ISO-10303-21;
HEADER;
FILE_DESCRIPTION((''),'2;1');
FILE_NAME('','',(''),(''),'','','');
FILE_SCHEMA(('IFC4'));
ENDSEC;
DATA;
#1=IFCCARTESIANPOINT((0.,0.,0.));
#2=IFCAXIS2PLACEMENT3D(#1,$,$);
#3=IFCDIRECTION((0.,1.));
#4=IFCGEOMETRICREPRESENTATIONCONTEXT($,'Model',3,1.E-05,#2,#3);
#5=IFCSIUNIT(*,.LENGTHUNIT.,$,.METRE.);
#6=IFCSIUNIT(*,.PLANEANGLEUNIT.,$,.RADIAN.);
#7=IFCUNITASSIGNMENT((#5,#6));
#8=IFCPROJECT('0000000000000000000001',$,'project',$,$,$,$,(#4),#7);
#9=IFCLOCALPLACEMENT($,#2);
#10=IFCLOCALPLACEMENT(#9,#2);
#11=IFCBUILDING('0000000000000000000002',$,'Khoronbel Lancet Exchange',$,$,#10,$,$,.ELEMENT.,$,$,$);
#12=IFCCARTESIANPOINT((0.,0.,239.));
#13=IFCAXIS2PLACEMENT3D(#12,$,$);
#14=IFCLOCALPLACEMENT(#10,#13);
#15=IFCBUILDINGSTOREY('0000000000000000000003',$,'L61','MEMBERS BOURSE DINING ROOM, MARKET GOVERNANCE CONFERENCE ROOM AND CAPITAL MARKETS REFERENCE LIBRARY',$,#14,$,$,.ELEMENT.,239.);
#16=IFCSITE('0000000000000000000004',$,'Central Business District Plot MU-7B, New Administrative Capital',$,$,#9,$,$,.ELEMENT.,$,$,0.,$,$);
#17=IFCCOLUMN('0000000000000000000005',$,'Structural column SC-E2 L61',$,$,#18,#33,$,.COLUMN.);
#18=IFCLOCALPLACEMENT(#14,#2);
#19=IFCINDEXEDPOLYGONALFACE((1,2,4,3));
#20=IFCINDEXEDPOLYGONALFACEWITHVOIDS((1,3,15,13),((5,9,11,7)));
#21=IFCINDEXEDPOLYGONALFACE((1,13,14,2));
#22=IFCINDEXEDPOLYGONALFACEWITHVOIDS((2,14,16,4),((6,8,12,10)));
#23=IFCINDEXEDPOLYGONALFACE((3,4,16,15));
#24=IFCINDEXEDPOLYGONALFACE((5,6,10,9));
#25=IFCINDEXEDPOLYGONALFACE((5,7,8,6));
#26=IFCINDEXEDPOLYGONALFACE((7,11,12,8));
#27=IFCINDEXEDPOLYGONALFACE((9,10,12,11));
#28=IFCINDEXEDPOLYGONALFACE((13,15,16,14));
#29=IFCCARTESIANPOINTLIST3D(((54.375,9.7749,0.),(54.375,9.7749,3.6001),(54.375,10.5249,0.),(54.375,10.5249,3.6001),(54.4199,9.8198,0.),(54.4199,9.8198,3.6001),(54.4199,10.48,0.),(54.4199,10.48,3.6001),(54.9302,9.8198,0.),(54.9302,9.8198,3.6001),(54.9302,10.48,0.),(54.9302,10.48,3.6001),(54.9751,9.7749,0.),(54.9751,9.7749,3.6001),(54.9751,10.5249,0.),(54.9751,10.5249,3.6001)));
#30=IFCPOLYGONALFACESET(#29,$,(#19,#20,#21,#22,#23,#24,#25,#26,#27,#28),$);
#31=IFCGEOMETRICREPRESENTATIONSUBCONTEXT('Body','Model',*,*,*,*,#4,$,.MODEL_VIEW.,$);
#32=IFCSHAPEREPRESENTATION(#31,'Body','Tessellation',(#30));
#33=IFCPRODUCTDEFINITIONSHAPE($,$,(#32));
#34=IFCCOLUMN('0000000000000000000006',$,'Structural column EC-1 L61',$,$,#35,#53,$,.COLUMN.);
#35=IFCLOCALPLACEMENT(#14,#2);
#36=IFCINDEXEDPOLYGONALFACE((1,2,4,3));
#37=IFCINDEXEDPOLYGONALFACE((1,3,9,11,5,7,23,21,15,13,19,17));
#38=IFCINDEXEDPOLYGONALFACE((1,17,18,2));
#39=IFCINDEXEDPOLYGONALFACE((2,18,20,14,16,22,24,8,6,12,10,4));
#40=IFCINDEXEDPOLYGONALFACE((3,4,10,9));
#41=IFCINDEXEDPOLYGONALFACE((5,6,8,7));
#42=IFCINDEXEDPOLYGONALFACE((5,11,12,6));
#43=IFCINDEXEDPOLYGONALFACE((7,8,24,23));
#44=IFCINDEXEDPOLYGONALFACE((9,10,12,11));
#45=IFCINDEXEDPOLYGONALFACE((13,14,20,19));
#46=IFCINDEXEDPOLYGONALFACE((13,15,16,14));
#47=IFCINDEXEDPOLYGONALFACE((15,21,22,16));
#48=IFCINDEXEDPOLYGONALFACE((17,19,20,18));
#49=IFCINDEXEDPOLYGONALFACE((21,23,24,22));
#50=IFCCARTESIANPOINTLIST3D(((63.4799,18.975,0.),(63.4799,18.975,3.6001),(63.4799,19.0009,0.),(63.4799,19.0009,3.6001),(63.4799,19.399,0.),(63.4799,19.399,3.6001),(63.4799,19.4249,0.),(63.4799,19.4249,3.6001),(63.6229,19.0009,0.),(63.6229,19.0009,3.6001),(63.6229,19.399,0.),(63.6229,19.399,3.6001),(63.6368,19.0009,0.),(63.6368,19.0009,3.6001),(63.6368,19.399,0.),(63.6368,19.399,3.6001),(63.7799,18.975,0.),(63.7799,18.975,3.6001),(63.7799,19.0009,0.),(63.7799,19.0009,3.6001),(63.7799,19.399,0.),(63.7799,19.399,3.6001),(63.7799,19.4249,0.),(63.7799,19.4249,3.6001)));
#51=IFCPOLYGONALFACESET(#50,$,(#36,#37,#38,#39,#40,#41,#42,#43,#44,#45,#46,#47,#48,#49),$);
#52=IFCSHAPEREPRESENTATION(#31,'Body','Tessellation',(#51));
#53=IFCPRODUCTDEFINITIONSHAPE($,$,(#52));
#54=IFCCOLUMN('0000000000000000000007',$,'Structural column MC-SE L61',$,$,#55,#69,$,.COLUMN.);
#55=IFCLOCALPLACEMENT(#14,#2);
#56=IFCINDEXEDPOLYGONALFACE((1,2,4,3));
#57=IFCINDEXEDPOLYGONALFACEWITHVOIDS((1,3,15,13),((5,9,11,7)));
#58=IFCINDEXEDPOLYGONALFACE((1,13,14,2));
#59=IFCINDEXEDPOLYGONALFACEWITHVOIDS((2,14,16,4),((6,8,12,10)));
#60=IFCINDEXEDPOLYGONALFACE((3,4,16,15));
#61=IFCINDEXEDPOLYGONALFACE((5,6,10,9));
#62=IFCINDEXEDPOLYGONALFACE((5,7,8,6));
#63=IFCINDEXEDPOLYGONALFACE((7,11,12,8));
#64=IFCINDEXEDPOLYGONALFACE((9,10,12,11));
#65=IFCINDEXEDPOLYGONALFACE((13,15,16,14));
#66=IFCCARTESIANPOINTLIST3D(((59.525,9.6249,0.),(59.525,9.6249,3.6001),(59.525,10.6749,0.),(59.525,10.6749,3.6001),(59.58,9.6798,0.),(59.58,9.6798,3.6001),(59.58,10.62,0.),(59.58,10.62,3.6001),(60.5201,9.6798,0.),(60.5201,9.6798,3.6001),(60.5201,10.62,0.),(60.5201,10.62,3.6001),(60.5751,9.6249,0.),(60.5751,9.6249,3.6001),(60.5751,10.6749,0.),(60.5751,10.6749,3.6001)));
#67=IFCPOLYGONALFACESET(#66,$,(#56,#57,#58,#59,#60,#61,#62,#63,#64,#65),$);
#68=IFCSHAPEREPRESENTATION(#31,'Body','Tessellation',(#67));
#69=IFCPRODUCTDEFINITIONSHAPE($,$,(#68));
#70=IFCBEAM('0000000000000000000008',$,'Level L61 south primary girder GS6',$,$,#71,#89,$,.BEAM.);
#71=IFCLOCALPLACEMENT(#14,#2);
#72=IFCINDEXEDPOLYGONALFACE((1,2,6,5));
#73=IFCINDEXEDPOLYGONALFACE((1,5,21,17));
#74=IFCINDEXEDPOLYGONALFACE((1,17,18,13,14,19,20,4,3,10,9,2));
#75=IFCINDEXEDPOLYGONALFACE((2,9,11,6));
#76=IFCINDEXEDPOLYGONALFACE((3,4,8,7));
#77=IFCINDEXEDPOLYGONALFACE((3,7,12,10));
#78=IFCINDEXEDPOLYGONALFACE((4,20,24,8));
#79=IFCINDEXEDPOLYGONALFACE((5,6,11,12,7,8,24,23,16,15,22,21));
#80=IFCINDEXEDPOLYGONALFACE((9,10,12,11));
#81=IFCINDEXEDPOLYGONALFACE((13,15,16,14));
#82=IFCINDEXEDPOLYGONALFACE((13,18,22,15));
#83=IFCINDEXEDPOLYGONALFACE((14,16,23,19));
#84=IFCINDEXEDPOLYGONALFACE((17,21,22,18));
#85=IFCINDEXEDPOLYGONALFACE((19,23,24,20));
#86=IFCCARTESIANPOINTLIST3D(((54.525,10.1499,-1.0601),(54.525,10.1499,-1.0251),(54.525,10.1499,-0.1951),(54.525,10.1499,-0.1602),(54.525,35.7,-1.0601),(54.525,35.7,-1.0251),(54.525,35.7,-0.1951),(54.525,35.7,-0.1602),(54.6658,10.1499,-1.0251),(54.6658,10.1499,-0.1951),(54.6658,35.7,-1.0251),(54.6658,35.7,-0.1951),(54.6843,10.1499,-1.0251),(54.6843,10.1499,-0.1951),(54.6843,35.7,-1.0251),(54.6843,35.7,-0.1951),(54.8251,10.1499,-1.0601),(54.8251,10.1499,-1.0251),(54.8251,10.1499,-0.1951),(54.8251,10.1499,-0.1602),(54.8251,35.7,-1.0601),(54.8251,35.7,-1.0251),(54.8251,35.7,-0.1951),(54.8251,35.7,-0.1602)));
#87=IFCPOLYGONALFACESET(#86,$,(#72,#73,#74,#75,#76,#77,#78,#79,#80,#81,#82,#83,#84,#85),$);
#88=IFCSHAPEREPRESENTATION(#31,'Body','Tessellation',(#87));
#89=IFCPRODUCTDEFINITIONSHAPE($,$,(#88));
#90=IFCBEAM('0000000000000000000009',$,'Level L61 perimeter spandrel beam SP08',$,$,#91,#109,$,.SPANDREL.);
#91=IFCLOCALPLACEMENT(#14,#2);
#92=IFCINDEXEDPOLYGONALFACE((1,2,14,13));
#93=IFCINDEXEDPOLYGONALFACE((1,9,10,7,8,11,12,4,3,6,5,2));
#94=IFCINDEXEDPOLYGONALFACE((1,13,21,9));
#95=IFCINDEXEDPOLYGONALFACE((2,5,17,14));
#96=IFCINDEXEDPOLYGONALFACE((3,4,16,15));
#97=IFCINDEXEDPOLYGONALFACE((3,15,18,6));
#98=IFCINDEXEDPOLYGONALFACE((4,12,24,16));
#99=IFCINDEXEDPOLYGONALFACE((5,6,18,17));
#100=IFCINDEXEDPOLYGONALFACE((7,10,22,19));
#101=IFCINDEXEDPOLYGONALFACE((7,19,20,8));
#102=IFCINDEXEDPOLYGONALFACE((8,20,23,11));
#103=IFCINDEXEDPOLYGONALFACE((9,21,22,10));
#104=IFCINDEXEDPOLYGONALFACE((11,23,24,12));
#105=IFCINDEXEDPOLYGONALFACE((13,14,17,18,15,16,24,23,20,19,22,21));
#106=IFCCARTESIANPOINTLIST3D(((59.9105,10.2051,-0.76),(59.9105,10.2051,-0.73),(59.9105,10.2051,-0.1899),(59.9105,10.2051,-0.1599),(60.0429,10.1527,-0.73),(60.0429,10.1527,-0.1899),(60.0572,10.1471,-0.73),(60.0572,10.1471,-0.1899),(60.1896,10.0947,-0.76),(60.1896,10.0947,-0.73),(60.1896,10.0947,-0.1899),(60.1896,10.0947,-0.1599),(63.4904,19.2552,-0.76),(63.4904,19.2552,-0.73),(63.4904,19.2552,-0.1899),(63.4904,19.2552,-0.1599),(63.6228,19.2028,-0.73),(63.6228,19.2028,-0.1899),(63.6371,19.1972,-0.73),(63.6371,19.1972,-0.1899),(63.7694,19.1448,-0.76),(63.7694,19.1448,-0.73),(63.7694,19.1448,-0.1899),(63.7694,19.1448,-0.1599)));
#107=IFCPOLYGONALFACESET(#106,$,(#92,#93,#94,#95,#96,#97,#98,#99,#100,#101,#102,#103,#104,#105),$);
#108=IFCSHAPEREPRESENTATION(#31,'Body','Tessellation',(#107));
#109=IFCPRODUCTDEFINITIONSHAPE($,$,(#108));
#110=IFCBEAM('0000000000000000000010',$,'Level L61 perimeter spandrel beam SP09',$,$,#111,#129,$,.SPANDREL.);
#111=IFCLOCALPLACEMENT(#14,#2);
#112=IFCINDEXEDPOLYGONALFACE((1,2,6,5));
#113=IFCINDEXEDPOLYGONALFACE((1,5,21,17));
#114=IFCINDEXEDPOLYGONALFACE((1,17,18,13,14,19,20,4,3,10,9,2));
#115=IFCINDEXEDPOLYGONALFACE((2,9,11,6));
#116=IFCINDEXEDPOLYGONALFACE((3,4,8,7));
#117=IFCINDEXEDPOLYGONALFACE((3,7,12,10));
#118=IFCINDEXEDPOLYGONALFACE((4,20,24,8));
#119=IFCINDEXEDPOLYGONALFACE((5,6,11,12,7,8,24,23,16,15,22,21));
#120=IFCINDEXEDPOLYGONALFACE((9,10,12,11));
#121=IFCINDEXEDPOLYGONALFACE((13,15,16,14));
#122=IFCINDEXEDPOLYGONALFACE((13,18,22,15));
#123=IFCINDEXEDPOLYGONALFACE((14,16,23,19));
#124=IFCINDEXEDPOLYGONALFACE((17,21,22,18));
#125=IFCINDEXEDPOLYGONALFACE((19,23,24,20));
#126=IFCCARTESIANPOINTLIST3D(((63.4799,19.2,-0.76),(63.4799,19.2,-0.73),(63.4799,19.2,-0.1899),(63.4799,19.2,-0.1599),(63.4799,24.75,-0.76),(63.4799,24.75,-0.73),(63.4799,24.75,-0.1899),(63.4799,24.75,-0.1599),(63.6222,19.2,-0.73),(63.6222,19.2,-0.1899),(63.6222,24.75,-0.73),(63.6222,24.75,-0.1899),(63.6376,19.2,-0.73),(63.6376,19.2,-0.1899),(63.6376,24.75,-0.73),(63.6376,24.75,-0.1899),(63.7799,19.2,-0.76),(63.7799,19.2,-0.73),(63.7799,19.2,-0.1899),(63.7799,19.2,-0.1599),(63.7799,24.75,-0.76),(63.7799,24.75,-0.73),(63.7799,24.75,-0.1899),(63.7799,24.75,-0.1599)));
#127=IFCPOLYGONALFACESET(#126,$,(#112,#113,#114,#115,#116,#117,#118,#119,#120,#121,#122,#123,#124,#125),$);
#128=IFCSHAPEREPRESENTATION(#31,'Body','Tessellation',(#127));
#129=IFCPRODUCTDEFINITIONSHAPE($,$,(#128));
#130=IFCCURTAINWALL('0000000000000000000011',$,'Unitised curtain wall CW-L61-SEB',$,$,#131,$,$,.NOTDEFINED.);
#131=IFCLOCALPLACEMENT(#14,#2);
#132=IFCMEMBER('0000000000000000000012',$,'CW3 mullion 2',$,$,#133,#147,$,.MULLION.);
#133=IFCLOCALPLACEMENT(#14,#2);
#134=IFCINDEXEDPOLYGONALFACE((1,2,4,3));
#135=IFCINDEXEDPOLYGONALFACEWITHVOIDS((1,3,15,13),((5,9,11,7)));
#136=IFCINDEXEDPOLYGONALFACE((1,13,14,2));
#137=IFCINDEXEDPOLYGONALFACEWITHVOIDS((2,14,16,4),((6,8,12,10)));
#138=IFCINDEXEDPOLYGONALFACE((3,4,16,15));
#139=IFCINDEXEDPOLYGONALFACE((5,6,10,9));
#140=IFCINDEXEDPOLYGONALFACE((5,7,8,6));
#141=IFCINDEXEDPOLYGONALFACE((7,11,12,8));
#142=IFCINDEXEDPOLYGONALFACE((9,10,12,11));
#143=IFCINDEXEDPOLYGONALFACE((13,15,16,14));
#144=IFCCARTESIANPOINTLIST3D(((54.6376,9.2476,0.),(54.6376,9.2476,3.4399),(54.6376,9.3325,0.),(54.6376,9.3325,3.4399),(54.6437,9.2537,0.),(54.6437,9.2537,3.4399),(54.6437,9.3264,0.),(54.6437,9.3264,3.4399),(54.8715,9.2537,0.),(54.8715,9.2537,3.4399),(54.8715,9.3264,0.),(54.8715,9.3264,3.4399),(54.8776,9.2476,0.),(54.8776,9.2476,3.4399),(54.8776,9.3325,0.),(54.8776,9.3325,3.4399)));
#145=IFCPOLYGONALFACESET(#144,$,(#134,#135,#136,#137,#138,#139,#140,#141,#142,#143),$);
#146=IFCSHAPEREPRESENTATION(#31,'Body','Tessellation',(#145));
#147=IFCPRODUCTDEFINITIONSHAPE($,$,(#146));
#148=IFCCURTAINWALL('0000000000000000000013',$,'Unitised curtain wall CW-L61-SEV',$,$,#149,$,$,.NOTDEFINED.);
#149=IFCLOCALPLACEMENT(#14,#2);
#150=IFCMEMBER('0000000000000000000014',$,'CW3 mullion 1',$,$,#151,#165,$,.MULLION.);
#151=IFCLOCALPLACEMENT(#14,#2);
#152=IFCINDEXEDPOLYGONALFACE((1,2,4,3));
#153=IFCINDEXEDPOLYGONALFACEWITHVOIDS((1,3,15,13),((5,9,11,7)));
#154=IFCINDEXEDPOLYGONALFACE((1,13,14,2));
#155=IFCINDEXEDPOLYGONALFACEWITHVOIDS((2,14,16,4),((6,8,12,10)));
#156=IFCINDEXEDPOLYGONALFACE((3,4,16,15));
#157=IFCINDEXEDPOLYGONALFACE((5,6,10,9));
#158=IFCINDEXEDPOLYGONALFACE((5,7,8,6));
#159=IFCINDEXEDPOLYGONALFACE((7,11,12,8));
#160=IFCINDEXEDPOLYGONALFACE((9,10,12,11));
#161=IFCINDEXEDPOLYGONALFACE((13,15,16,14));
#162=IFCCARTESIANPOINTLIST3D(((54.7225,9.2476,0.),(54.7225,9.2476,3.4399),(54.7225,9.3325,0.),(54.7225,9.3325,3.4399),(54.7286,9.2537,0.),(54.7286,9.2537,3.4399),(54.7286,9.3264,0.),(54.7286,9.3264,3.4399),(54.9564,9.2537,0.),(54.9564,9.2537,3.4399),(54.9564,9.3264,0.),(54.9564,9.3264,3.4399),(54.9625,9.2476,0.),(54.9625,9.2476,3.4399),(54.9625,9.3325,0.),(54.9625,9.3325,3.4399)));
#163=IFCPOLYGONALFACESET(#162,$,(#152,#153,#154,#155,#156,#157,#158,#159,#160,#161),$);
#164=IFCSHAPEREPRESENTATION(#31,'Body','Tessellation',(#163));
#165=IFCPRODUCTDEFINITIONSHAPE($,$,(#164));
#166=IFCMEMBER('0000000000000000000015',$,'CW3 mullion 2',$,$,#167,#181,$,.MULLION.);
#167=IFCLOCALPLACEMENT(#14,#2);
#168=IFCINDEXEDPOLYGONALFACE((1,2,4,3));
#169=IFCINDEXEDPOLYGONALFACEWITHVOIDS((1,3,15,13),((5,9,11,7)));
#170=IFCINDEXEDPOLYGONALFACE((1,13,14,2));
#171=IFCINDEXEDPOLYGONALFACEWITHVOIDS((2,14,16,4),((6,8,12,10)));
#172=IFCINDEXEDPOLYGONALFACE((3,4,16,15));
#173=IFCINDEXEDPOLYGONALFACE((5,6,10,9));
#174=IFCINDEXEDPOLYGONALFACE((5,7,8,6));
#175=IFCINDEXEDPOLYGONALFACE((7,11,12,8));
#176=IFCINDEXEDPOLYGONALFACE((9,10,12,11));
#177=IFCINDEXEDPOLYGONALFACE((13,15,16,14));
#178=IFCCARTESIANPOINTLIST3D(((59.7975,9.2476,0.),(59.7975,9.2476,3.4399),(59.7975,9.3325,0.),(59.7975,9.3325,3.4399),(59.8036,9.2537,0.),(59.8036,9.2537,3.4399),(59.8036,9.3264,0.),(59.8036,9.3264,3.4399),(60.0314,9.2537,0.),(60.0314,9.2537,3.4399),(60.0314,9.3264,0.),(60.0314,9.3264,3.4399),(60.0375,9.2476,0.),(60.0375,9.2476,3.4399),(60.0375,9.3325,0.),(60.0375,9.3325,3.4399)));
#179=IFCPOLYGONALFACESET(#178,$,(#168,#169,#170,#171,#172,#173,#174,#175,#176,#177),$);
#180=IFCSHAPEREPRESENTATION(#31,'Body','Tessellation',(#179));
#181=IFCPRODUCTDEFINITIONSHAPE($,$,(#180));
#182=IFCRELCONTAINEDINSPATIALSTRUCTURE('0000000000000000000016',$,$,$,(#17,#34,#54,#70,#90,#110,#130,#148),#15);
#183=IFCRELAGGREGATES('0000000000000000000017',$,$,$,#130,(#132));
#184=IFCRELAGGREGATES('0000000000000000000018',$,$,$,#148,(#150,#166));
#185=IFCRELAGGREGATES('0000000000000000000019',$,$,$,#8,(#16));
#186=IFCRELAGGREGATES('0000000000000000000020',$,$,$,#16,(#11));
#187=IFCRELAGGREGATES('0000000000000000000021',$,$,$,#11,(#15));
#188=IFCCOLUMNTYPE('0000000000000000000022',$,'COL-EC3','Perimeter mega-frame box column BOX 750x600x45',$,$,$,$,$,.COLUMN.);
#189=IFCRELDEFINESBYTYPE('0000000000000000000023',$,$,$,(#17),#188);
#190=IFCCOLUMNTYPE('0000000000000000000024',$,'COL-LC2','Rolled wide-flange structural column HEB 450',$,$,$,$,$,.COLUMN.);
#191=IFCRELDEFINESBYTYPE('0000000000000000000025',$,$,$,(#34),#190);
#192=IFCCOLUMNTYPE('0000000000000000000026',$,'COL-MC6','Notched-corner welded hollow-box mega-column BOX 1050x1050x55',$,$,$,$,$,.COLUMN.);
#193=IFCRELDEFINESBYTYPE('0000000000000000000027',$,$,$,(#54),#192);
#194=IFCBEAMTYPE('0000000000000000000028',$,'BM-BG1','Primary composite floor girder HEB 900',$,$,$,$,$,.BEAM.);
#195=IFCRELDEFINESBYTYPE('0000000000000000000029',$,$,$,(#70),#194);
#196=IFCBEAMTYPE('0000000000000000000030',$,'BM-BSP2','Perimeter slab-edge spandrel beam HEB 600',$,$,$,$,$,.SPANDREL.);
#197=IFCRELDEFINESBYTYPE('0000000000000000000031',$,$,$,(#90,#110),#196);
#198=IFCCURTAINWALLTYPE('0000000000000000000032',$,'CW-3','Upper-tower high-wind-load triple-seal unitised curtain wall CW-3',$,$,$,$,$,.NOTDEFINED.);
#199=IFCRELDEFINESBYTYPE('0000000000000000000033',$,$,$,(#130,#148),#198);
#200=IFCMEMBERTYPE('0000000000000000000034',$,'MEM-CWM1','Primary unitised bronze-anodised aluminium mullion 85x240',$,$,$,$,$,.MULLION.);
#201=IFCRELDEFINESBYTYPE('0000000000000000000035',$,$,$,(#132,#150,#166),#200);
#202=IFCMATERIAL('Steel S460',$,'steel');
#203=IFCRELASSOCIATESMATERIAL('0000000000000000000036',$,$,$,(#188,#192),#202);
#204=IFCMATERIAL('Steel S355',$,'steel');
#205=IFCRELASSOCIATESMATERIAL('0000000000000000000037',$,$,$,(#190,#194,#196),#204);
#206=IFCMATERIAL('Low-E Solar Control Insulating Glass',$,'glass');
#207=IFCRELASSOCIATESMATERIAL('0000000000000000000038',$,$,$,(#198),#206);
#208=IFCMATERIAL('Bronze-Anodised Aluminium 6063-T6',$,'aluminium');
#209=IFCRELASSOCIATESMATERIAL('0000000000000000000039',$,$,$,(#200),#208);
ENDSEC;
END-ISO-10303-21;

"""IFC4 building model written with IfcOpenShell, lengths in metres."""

from ifc_helpers import new_model, si_unit, direction, frame, origin, origin_2d, place, context, subcontext, project, spatial, hollow_rectangle, i_section, extrude, material, material_profile, profile_set, type_object, element, aggregate, save


model = new_model("IFC4")

# Units and contexts
model_context = context("Model", 3, precision=1e-05, world=origin(), true_north=direction((0.0, 1.0)))
body_context = subcontext(model_context, "Body", "Model", "MODEL_VIEW")
ifc_project = project(units=[si_unit("LENGTHUNIT", "METRE"), si_unit("PLANEANGLEUNIT", "RADIAN")], contexts=[model_context])

# Site, building, storey
site_placement = place(None, origin())
site = spatial("IfcSite", under=ifc_project, at=site_placement, Name="Central Business District Plot MU-7B, New Administrative Capital", CompositionType="ELEMENT", RefElevation=0.0)
building_placement = place(site_placement, origin())
building = spatial("IfcBuilding", under=site, at=building_placement, Name="Khoronbel Lancet Exchange", CompositionType="ELEMENT")
storey_placement = place(building_placement, frame((0.0, 0.0, 239.0)))
storey = spatial("IfcBuildingStorey", under=building, at=storey_placement, Name="L61", Description="MEMBERS BOURSE DINING ROOM, MARKET GOVERNANCE CONFERENCE ROOM AND CAPITAL MARKETS REFERENCE LIBRARY", CompositionType="ELEMENT", Elevation=239.0)

# Columns
ifc_material_1 = material(Name="Steel S460", Category="steel")
ifc_material_profile_1 = material_profile(ifc_material_1, hollow_rectangle(XDim=0.6001, YDim=0.75, WallThickness=0.0449, at=origin_2d()), Name="BOX 750x600x45")
ifc_profile_set_1 = profile_set([ifc_material_profile_1], Name="Steel S460")
column_type_1 = type_object("IfcColumnType", Name="COL-EC3", Description="Perimeter mega-frame box column BOX 750x600x45", PredefinedType="COLUMN", material=ifc_profile_set_1)
column_1_placement = place(storey_placement, frame((54.675, 10.1499, 0.0), z_axis=(0.0, 0.0, 1.0), x_axis=(1.0, 0.0, 0.0)))
element("IfcColumn", 1, at=column_1_placement, inside=storey, type_object=column_type_1, Name="Structural column SC-E2 L61", PredefinedType="COLUMN", context=body_context, shape_type="SweptSolid", body=[
    extrude(hollow_rectangle(XDim=0.6001, YDim=0.75, WallThickness=0.0449, at=origin_2d()), origin(), (0.0, 0.0, 1.0), 3.6001),
])
ifc_material_2 = material(Name="Steel S355", Category="steel")
ifc_material_profile_2 = material_profile(ifc_material_2, i_section(OverallWidth=0.3, OverallDepth=0.45, WebThickness=0.0139, FlangeThickness=0.0259, at=origin_2d()), Name="HEB 450")
ifc_profile_set_2 = profile_set([ifc_material_profile_2], Name="Steel S355")
column_type_2 = type_object("IfcColumnType", Name="COL-LC2", Description="Rolled wide-flange structural column HEB 450", PredefinedType="COLUMN", material=ifc_profile_set_2)
column_2_placement = place(storey_placement, frame((63.6299, 19.2, 0.0), z_axis=(0.0, 0.0, 1.0), x_axis=(1.0, 0.0, 0.0)))
element("IfcColumn", 2, at=column_2_placement, inside=storey, type_object=column_type_2, Name="Structural column EC-1 L61", PredefinedType="COLUMN", context=body_context, shape_type="SweptSolid", body=[
    extrude(i_section(OverallWidth=0.3, OverallDepth=0.45, WebThickness=0.0139, FlangeThickness=0.0259, at=origin_2d()), origin(), (0.0, 0.0, 1.0), 3.6001),
])
ifc_material_profile_3 = material_profile(ifc_material_1, hollow_rectangle(XDim=1.05, YDim=1.05, WallThickness=0.0549, at=origin_2d()), Name="BOX 1050x1050x55")
ifc_profile_set_3 = profile_set([ifc_material_profile_3], Name="Steel S460")
column_type_3 = type_object("IfcColumnType", Name="COL-MC6", Description="Notched-corner welded hollow-box mega-column BOX 1050x1050x55", PredefinedType="COLUMN", material=ifc_profile_set_3)
column_3_placement = place(storey_placement, frame((60.05, 10.1499, 0.0), z_axis=(0.0, 0.0, 1.0), x_axis=(1.0, 0.0, 0.0)))
element("IfcColumn", 3, at=column_3_placement, inside=storey, type_object=column_type_3, Name="Structural column MC-SE L61", PredefinedType="COLUMN", context=body_context, shape_type="SweptSolid", body=[
    extrude(hollow_rectangle(XDim=1.05, YDim=1.05, WallThickness=0.0549, at=origin_2d()), origin(), (0.0, 0.0, 1.0), 3.6001),
])

# Beams
ifc_material_profile_4 = material_profile(ifc_material_2, i_section(OverallWidth=0.3, OverallDepth=0.8999, WebThickness=0.0186, FlangeThickness=0.0349, at=origin_2d()), Name="HEB 900")
ifc_profile_set_4 = profile_set([ifc_material_profile_4], Name="Steel S355")
beam_type_1 = type_object("IfcBeamType", Name="BM-BG1", Description="Primary composite floor girder HEB 900", PredefinedType="BEAM", material=ifc_profile_set_4)
beam_1_placement = place(storey_placement, frame((54.675, 10.1499, -0.6101), z_axis=(0.0, 1.0, 0.0), x_axis=(-1.0, 0.0, 0.0)))
element("IfcBeam", 4, at=beam_1_placement, inside=storey, type_object=beam_type_1, Name="Level L61 south primary girder GS6", PredefinedType="BEAM", context=body_context, shape_type="SweptSolid", body=[
    extrude(i_section(OverallWidth=0.3, OverallDepth=0.8999, WebThickness=0.0186, FlangeThickness=0.0349, at=origin_2d()), origin(), (0.0, 0.0, 1.0), 25.55),
])
ifc_material_profile_5 = material_profile(ifc_material_2, i_section(OverallWidth=0.3, OverallDepth=0.6001, WebThickness=0.0154, FlangeThickness=0.03, at=origin_2d()), Name="HEB 600")
ifc_profile_set_5 = profile_set([ifc_material_profile_5], Name="Steel S355")
beam_type_2 = type_object("IfcBeamType", Name="BM-BSP2", Description="Perimeter slab-edge spandrel beam HEB 600", PredefinedType="SPANDREL", material=ifc_profile_set_5)
beam_2_placement = place(storey_placement, frame((60.05, 10.1499, -0.46), z_axis=(0.367828, 0.929894, 0.0), x_axis=(-0.929894, 0.367828, 0.0)))
element("IfcBeam", 5, at=beam_2_placement, inside=storey, type_object=beam_type_2, Name="Level L61 perimeter spandrel beam SP08", PredefinedType="SPANDREL", context=body_context, shape_type="SweptSolid", body=[
    extrude(i_section(OverallWidth=0.3, OverallDepth=0.6001, WebThickness=0.0154, FlangeThickness=0.03, at=origin_2d()), origin(), (0.0, 0.0, 1.0), 9.7324),
])
beam_3_placement = place(storey_placement, frame((63.6299, 19.2, -0.46), z_axis=(0.0, 1.0, 0.0), x_axis=(-1.0, 0.0, 0.0)))
element("IfcBeam", 6, at=beam_3_placement, inside=storey, type_object=beam_type_2, Name="Level L61 perimeter spandrel beam SP09", PredefinedType="SPANDREL", context=body_context, shape_type="SweptSolid", body=[
    extrude(i_section(OverallWidth=0.3, OverallDepth=0.6001, WebThickness=0.0154, FlangeThickness=0.03, at=origin_2d()), origin(), (0.0, 0.0, 1.0), 5.55),
])

# Curtain wall, member
ifc_material_3 = material(Name="Low-E Solar Control Insulating Glass", Category="glass")
curtain_wall_type_1 = type_object("IfcCurtainWallType", Name="CW-3", Description="Upper-tower high-wind-load triple-seal unitised curtain wall CW-3", PredefinedType="NOTDEFINED", material=ifc_material_3)
curtain_wall_1_placement = place(storey_placement, origin())
curtain_wall_1 = element("IfcCurtainWall", 7, at=curtain_wall_1_placement, inside=storey, type_object=curtain_wall_type_1, Name="Unitised curtain wall CW-L61-SEB", PredefinedType="NOTDEFINED")
ifc_material_4 = material(Name="Bronze-Anodised Aluminium 6063-T6", Category="aluminium")
ifc_material_profile_6 = material_profile(ifc_material_4, hollow_rectangle(XDim=0.085, YDim=0.24, WallThickness=0.0061, at=origin_2d()), Name="ALU MULLION 85x240")
ifc_profile_set_6 = profile_set([ifc_material_profile_6], Name="Bronze-Anodised Aluminium 6063-T6")
member_type_1 = type_object("IfcMemberType", Name="MEM-CWM1", Description="Primary unitised bronze-anodised aluminium mullion 85x240", PredefinedType="MULLION", material=ifc_profile_set_6)
member_1_placement = place(storey_placement, frame((54.7576, 9.29, 0.0), z_axis=(0.0, 0.0, 1.0), x_axis=(0.0, 1.0, 0.0)))
member_1 = element("IfcMember", 8, at=member_1_placement, type_object=member_type_1, Name="CW3 mullion 2", PredefinedType="MULLION", context=body_context, shape_type="SweptSolid", body=[
    extrude(hollow_rectangle(XDim=0.085, YDim=0.24, WallThickness=0.0061, at=origin_2d()), origin(), (0.0, 0.0, 1.0), 3.4399),
])
aggregate(curtain_wall_1, [member_1])

# Curtain wall, members
curtain_wall_2_placement = place(storey_placement, origin())
curtain_wall_2 = element("IfcCurtainWall", 9, at=curtain_wall_2_placement, inside=storey, type_object=curtain_wall_type_1, Name="Unitised curtain wall CW-L61-SEV", PredefinedType="NOTDEFINED")
member_2_placement = place(storey_placement, frame((54.8425, 9.29, 0.0), z_axis=(0.0, 0.0, 1.0), x_axis=(0.0, 1.0, 0.0)))
member_2 = element("IfcMember", 10, at=member_2_placement, type_object=member_type_1, Name="CW3 mullion 1", PredefinedType="MULLION", context=body_context, shape_type="SweptSolid", body=[
    extrude(hollow_rectangle(XDim=0.085, YDim=0.24, WallThickness=0.0061, at=origin_2d()), origin(), (0.0, 0.0, 1.0), 3.4399),
])
member_3_placement = place(storey_placement, frame((59.9175, 9.29, 0.0), z_axis=(0.0, 0.0, 1.0), x_axis=(0.0, 1.0, 0.0)))
member_3 = element("IfcMember", 11, at=member_3_placement, type_object=member_type_1, Name="CW3 mullion 2", PredefinedType="MULLION", context=body_context, shape_type="SweptSolid", body=[
    extrude(hollow_rectangle(XDim=0.085, YDim=0.24, WallThickness=0.0061, at=origin_2d()), origin(), (0.0, 0.0, 1.0), 3.4399),
])

aggregate(curtain_wall_2, [member_2, member_3])

save(model, "model.ifc")
